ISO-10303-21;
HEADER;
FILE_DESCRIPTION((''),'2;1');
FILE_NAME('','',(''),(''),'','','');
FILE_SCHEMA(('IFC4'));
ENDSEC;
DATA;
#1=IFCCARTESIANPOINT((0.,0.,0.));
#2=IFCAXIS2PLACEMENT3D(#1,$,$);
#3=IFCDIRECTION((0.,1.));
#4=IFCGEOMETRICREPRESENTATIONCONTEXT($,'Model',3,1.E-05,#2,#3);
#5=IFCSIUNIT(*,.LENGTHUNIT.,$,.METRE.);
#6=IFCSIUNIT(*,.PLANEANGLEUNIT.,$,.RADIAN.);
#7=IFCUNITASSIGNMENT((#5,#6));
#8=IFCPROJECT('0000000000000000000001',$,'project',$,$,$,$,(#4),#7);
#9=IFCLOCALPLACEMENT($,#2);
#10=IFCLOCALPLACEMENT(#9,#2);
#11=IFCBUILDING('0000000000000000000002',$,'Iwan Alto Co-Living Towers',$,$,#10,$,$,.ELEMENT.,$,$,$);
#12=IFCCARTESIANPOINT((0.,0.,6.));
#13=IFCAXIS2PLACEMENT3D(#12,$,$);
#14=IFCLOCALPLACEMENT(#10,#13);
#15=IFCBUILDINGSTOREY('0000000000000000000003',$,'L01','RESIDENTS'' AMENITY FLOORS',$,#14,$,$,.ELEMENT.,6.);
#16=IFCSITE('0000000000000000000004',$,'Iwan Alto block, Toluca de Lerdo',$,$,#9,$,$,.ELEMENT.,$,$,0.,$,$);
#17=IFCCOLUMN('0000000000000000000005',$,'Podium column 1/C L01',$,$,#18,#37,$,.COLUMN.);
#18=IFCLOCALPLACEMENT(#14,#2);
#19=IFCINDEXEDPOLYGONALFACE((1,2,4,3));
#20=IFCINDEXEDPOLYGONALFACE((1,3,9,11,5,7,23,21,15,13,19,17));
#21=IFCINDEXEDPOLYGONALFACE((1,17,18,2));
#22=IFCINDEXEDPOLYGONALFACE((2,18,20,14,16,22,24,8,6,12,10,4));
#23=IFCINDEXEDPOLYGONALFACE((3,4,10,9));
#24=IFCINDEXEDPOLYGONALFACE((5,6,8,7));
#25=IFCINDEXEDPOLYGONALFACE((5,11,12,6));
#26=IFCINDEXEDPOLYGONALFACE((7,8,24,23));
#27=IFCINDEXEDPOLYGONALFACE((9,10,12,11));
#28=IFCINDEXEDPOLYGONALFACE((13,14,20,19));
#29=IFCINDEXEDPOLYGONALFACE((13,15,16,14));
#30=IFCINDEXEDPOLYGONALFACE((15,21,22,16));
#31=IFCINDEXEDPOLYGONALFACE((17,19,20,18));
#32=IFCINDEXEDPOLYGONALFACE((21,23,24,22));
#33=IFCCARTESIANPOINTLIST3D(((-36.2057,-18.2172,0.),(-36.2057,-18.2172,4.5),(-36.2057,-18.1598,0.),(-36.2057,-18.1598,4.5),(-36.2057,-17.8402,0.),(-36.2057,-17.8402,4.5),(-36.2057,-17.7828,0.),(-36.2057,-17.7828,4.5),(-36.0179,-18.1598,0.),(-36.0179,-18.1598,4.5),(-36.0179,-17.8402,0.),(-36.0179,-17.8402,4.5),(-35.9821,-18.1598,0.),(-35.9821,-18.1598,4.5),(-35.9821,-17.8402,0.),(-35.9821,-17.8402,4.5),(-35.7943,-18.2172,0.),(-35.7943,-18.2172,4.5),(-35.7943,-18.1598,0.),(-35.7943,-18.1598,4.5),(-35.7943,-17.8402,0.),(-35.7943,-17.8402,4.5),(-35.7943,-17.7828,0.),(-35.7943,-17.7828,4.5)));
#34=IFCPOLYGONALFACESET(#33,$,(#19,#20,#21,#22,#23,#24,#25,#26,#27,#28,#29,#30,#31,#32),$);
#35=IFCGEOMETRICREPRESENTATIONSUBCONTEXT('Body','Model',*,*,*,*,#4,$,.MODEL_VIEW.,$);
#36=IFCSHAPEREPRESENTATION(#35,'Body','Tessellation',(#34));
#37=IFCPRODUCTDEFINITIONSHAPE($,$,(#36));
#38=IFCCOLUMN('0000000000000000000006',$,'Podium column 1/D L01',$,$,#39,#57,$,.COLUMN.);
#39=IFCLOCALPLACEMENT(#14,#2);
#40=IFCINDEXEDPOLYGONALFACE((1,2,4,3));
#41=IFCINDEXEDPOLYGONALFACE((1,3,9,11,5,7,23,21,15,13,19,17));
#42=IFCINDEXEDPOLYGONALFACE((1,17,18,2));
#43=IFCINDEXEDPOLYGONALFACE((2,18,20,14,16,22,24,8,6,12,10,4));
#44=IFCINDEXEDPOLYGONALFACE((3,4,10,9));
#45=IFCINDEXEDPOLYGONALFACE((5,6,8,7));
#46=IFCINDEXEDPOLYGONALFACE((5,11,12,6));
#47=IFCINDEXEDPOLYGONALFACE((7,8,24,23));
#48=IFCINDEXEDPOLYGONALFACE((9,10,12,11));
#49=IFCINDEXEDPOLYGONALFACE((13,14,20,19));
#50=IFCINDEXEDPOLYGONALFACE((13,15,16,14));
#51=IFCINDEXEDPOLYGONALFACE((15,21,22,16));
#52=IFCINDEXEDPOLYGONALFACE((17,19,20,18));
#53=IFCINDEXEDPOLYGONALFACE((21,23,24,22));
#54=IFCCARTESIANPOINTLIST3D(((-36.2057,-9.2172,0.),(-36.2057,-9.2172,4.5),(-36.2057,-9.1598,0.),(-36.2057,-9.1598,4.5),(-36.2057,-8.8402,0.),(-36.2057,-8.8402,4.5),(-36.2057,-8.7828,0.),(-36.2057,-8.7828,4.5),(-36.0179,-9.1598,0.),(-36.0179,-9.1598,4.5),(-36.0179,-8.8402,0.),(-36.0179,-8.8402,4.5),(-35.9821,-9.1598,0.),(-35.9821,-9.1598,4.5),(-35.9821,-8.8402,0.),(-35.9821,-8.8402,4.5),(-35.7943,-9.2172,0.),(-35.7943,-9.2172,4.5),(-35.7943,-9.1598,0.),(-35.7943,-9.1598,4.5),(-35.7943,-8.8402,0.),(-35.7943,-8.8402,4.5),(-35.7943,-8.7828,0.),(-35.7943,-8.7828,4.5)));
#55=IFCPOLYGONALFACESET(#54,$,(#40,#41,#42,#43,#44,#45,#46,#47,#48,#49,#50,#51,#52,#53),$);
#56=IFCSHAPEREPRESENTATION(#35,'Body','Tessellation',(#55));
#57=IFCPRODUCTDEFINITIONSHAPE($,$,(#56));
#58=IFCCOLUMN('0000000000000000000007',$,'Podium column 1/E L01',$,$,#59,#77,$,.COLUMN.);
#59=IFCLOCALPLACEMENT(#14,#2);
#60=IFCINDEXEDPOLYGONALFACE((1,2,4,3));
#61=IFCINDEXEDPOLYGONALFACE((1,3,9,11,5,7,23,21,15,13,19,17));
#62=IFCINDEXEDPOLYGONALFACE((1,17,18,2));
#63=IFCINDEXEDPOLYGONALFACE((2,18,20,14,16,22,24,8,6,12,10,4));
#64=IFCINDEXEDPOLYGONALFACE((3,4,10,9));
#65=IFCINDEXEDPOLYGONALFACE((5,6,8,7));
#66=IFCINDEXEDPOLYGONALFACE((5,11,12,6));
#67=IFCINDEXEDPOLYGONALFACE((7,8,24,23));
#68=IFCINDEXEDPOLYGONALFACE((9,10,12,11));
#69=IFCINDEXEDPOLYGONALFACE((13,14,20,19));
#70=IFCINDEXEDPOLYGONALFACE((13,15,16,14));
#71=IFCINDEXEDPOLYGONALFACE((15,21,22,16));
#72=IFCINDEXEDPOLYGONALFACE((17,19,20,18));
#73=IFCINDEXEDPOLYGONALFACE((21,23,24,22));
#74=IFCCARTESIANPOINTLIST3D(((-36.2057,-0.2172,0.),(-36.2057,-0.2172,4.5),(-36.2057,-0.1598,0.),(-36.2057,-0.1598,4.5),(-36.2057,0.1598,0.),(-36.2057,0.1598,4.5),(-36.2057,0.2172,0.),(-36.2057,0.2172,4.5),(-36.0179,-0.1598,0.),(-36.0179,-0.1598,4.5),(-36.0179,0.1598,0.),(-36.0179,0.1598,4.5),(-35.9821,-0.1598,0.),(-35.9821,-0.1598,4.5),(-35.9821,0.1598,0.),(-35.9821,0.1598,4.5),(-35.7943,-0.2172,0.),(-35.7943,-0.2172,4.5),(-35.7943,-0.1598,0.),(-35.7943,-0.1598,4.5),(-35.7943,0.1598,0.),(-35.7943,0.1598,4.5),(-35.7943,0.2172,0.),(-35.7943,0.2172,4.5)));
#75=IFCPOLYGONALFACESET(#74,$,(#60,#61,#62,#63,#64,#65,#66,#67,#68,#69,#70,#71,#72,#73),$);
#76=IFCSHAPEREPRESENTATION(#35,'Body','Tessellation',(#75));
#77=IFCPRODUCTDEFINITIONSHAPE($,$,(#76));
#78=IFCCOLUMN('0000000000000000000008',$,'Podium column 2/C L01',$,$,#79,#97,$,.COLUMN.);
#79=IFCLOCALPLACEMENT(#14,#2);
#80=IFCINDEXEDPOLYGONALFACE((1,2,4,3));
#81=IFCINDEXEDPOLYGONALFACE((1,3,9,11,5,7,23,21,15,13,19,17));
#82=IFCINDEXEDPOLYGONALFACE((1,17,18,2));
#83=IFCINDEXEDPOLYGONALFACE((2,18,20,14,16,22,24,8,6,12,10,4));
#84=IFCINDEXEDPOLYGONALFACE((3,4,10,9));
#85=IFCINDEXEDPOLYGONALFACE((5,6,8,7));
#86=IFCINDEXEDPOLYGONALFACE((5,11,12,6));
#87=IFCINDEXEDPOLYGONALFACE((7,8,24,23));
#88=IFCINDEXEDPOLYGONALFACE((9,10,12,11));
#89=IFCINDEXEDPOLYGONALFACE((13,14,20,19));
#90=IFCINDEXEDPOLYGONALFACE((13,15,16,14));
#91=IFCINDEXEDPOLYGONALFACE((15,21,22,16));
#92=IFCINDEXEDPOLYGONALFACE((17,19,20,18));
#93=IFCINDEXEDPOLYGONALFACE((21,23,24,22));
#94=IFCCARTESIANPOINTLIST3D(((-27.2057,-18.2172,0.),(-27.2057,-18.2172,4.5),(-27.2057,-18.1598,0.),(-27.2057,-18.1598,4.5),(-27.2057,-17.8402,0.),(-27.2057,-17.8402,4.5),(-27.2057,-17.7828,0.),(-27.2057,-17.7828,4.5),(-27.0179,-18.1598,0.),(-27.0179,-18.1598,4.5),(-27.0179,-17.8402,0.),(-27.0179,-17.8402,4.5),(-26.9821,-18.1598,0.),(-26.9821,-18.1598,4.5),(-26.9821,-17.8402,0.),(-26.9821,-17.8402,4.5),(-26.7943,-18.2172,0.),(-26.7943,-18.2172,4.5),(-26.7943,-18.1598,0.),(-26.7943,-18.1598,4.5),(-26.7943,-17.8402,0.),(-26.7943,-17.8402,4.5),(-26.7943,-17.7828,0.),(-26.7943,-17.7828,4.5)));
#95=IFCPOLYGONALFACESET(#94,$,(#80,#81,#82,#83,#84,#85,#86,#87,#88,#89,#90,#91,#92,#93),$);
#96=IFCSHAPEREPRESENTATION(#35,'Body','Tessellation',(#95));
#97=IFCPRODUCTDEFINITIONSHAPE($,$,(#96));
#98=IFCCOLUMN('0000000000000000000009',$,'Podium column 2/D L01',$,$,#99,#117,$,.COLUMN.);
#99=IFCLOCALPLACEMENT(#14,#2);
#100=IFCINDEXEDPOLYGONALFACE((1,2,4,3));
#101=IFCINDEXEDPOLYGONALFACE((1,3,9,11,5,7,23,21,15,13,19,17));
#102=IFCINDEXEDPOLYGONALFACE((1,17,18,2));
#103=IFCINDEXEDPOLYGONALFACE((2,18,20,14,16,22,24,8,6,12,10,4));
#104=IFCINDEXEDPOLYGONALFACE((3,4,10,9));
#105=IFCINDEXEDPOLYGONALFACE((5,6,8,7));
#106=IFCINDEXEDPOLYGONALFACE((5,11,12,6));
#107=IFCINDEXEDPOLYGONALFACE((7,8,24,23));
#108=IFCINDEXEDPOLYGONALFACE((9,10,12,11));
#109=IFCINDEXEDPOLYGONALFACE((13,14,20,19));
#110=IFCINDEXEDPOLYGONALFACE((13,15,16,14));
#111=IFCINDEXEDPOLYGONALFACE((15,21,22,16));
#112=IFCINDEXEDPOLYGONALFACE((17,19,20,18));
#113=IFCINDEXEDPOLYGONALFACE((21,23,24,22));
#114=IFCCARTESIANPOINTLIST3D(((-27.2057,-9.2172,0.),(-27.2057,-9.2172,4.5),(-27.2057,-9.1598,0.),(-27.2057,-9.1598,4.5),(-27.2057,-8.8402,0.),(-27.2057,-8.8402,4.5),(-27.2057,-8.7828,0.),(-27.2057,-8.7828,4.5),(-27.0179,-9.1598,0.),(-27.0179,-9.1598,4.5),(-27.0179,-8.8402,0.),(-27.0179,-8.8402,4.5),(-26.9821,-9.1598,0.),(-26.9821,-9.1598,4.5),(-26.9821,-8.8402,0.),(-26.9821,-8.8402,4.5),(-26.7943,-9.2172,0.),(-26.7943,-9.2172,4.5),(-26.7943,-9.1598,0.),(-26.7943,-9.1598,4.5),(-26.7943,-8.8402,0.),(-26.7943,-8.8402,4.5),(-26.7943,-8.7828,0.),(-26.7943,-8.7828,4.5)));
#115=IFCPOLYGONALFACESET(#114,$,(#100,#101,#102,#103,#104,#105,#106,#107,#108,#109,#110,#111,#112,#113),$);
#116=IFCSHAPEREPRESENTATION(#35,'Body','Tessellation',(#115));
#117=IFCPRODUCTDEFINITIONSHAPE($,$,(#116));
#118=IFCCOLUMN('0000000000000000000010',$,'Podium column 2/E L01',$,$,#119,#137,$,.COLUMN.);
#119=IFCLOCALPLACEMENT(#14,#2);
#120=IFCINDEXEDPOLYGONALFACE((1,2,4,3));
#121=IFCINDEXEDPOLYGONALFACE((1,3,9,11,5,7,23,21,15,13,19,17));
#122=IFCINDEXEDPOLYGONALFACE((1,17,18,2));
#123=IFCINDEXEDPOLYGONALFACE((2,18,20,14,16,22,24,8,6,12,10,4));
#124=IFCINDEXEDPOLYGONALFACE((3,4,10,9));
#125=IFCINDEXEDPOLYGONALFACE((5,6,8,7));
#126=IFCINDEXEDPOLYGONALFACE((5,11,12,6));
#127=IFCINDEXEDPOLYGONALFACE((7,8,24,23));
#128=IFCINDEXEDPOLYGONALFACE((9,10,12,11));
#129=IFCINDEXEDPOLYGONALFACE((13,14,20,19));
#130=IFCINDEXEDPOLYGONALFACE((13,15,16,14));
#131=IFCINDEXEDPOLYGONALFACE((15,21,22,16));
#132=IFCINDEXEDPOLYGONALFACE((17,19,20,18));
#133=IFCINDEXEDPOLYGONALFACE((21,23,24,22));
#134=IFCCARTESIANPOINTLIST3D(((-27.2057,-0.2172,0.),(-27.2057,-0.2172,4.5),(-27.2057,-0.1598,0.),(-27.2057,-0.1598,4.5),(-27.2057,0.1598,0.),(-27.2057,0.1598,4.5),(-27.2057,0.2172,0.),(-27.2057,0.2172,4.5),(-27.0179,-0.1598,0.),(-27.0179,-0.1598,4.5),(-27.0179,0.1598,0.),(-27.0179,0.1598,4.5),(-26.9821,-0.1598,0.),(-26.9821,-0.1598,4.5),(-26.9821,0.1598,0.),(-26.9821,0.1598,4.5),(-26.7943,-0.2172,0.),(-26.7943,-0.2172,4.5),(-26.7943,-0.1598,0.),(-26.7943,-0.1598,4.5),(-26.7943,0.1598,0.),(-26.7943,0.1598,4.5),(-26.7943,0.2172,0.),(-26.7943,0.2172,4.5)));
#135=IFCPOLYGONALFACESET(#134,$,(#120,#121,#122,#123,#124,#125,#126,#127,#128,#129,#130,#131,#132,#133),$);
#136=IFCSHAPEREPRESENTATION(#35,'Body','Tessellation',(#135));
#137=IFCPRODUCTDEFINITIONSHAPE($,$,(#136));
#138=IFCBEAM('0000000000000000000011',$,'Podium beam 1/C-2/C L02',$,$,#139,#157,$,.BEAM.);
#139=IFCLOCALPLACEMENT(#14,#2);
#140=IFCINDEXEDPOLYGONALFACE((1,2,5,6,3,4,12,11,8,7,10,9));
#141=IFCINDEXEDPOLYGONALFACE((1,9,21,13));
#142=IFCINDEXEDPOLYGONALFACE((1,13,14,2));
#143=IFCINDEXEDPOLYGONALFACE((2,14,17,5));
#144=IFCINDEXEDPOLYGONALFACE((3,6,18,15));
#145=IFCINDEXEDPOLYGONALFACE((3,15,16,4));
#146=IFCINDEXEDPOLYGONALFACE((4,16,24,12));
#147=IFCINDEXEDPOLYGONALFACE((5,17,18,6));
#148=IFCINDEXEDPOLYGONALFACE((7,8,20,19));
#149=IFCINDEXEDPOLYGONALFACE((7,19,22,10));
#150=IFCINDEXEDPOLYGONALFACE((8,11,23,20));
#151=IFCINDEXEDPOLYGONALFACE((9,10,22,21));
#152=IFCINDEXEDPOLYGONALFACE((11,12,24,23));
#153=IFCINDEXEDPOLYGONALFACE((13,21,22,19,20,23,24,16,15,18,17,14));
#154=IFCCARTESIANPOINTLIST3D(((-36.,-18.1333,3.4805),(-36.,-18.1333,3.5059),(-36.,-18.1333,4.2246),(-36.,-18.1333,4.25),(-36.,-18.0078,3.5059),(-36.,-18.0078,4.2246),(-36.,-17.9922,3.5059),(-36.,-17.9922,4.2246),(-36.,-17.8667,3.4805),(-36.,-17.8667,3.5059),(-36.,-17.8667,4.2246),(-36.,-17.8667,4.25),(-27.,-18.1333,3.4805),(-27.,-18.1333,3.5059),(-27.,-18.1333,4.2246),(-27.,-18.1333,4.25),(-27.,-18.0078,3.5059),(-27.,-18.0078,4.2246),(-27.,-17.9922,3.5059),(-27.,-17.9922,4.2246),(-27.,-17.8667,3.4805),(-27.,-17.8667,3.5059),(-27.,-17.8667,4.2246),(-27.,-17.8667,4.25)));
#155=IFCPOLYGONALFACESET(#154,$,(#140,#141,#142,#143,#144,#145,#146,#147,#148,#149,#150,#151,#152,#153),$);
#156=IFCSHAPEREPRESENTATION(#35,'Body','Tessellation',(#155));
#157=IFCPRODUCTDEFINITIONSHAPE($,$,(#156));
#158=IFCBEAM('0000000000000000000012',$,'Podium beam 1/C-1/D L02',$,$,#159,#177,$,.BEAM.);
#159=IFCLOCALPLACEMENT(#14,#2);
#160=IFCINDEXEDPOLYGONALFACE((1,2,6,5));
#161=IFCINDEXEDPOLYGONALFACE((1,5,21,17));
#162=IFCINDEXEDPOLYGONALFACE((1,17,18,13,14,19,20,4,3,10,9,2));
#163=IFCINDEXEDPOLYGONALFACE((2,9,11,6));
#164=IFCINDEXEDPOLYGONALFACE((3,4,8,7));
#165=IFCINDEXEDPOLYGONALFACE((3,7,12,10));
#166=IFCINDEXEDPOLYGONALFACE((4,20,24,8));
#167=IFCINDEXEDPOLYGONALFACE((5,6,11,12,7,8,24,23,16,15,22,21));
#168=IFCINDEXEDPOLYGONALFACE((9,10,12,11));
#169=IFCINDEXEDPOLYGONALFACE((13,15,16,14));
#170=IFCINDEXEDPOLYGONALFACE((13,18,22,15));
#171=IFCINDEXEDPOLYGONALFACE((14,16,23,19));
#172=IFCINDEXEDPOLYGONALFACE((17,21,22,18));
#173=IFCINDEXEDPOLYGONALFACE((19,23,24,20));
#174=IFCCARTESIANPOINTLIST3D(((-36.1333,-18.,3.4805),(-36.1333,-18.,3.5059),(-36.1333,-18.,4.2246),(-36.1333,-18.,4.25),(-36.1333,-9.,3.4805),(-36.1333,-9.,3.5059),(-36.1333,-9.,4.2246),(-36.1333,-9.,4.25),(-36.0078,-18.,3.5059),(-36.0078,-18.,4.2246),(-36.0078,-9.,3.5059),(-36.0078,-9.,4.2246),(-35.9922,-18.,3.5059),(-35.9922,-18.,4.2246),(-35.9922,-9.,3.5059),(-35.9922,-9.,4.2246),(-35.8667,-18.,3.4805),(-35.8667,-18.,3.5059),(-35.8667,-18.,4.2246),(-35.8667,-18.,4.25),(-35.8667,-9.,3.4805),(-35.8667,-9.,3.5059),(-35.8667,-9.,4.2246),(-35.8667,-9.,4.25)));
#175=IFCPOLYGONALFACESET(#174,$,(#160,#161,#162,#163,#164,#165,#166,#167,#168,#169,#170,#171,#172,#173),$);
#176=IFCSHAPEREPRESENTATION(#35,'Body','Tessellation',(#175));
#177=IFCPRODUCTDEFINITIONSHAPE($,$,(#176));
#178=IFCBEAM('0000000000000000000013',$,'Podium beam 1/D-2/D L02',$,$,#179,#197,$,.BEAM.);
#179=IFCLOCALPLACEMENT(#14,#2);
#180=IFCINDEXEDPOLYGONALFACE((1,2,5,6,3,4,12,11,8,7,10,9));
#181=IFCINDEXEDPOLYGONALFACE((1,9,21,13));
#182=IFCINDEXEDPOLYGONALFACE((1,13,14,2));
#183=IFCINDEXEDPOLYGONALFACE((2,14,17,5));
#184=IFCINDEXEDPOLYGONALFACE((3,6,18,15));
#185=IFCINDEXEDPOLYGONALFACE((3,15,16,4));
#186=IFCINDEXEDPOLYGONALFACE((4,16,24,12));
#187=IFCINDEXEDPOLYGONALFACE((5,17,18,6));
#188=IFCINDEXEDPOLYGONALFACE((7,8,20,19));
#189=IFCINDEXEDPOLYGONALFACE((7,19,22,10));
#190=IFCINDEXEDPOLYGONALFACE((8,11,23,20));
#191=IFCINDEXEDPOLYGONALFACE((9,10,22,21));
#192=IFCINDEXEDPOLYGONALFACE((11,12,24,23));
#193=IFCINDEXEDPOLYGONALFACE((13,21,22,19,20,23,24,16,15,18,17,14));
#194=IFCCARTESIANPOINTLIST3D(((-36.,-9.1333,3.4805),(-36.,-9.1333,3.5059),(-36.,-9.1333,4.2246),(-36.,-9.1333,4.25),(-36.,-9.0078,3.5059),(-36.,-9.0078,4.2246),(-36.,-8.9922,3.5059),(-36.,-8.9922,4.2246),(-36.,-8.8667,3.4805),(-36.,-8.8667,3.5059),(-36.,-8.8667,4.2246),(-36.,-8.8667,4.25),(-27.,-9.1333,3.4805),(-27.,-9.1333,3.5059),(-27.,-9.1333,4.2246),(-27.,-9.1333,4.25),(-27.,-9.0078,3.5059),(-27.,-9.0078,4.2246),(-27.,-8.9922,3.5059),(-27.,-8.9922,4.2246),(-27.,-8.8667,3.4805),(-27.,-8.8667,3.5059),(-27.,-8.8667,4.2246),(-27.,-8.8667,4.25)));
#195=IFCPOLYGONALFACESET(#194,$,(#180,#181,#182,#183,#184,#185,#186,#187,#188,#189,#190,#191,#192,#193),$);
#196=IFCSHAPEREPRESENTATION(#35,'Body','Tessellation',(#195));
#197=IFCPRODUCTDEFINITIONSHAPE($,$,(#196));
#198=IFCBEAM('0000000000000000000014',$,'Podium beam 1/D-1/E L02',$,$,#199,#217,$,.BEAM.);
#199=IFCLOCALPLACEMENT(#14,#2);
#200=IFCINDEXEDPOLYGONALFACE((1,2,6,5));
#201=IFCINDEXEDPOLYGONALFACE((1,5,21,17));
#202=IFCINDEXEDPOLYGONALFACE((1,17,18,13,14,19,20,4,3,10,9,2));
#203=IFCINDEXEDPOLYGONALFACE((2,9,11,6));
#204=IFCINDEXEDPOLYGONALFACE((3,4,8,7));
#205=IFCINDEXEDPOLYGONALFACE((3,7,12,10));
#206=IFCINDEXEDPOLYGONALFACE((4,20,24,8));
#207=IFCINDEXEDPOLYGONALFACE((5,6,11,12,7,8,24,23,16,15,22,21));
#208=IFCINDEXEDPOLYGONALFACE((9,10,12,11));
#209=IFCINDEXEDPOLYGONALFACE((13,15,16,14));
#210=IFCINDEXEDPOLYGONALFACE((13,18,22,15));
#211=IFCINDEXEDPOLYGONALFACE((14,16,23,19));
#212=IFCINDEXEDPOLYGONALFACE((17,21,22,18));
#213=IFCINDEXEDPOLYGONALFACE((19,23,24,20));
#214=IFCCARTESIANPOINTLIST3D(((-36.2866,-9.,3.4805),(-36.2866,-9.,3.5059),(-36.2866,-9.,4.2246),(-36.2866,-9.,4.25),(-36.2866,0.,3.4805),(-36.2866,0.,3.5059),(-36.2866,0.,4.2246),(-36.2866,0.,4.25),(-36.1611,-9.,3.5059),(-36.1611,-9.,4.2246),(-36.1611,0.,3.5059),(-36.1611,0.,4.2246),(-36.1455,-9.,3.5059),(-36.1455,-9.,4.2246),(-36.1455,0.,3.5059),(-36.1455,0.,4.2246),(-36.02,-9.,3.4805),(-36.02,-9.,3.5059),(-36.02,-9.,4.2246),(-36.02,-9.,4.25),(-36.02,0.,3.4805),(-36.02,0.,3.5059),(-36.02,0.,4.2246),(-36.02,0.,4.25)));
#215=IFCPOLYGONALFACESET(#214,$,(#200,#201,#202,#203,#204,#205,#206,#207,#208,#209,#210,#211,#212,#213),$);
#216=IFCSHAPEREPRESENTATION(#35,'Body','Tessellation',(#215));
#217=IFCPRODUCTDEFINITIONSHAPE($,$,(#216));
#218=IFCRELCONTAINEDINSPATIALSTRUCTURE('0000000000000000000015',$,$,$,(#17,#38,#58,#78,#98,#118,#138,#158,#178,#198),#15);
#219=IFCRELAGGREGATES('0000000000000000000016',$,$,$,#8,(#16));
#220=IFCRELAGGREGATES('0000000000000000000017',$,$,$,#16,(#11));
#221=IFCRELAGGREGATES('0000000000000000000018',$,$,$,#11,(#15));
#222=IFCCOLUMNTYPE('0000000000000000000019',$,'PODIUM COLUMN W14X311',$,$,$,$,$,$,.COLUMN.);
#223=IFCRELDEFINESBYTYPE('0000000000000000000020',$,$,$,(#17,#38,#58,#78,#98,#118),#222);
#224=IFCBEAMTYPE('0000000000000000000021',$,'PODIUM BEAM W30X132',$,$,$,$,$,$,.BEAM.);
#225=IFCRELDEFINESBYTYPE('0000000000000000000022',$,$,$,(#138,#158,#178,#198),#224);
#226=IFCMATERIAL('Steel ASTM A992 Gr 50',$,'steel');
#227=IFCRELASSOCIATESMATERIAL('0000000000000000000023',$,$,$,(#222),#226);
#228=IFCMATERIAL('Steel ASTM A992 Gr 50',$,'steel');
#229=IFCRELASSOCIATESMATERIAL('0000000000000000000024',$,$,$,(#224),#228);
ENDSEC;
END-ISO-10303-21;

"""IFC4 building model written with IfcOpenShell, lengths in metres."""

from ifc_helpers import new_model, si_unit, direction, frame, origin, origin_2d, place, context, subcontext, project, spatial, i_section, extrude, material, material_profile, profile_set, type_object, element, save


model = new_model("IFC4")

# Units and contexts
model_context = context("Model", 3, precision=1e-05, world=origin(), true_north=direction((0.0, 1.0)))
body_context = subcontext(model_context, "Body", "Model", "MODEL_VIEW")
ifc_project = project(units=[si_unit("LENGTHUNIT", "METRE"), si_unit("PLANEANGLEUNIT", "RADIAN")], contexts=[model_context])

# Site, building, storey
site_placement = place(None, origin())
site = spatial("IfcSite", under=ifc_project, at=site_placement, Name="Iwan Alto block, Toluca de Lerdo", CompositionType="ELEMENT", RefElevation=0.0)
building_placement = place(site_placement, origin())
building = spatial("IfcBuilding", under=site, at=building_placement, Name="Iwan Alto Co-Living Towers", CompositionType="ELEMENT")
storey_placement = place(building_placement, frame((0.0, 0.0, 6.0)))
storey = spatial("IfcBuildingStorey", under=building, at=storey_placement, Name="L01", Description="RESIDENTS' AMENITY FLOORS", CompositionType="ELEMENT", Elevation=6.0)

# Columns
ifc_material_1 = material(Name="Steel ASTM A992 Gr 50", Category="steel")
ifc_material_profile_1 = material_profile(ifc_material_1, i_section(OverallWidth=0.4114, OverallDepth=0.4343, WebThickness=0.0359, FlangeThickness=0.0574, at=origin_2d()), Name="W14X311")
ifc_profile_set_1 = profile_set([ifc_material_profile_1], Name="Steel ASTM A992 Gr 50")
column_type = type_object("IfcColumnType", Name="PODIUM COLUMN W14X311", PredefinedType="COLUMN", material=ifc_profile_set_1)
for number, where, z_axis, x_axis, name in (
    (1, (-36.0, -18.0, 0.0), (0.0, 0.0, 1.0), (1.0, 0.0, 0.0), "Podium column 1/C L01"),
    (2, (-36.0, -9.0, 0.0), (0.0, 0.0, 1.0), (1.0, 0.0, 0.0), "Podium column 1/D L01"),
    (3, (-36.0, 0.0, 0.0), (0.0, 0.0, 1.0), (1.0, 0.0, 0.0), "Podium column 1/E L01"),
    (4, (-27.0, -18.0, 0.0), (0.0, 0.0, 1.0), (1.0, 0.0, 0.0), "Podium column 2/C L01"),
    (5, (-27.0, -9.0, 0.0), (0.0, 0.0, 1.0), (1.0, 0.0, 0.0), "Podium column 2/D L01"),
    (6, (-27.0, 0.0, 0.0), (0.0, 0.0, 1.0), (1.0, 0.0, 0.0), "Podium column 2/E L01"),
):
    element("IfcColumn", number, at=place(storey_placement, frame(where, z_axis=z_axis, x_axis=x_axis)), inside=storey, type_object=column_type, Name=name, PredefinedType="COLUMN", context=body_context, shape_type="SweptSolid", body=[
        extrude(i_section(OverallWidth=0.4114, OverallDepth=0.4343, WebThickness=0.0359, FlangeThickness=0.0574, at=origin_2d()), origin(), (0.0, 0.0, 1.0), 4.5),
    ])

# Beams
ifc_material_2 = material(Name="Steel ASTM A992 Gr 50", Category="steel")
ifc_material_profile_2 = material_profile(ifc_material_2, i_section(OverallWidth=0.2666, OverallDepth=0.7695, WebThickness=0.0156, FlangeThickness=0.0254, at=origin_2d()), Name="W30X132")
ifc_profile_set_2 = profile_set([ifc_material_profile_2], Name="Steel ASTM A992 Gr 50")
beam_type_1 = type_object("IfcBeamType", Name="PODIUM BEAM W30X132", PredefinedType="BEAM", material=ifc_profile_set_2)
for number, where, z_axis, x_axis, name in (
    (7, (-36.0, -18.0, 3.8652), (1.0, 0.0, 0.0), (0.0, 1.0, 0.0), "Podium beam 1/C-2/C L02"),
    (8, (-36.0, -18.0, 3.8652), (0.0, 1.0, 0.0), (-1.0, 0.0, 0.0), "Podium beam 1/C-1/D L02"),
    (9, (-36.0, -9.0, 3.8652), (1.0, 0.0, 0.0), (0.0, 1.0, 0.0), "Podium beam 1/D-2/D L02"),
    (10, (-36.1533, -9.0, 3.8652), (0.0, 1.0, 0.0), (-1.0, 0.0, 0.0), "Podium beam 1/D-1/E L02"),
):
    element("IfcBeam", number, at=place(storey_placement, frame(where, z_axis=z_axis, x_axis=x_axis)), inside=storey, type_object=beam_type_1, Name=name, PredefinedType="BEAM", context=body_context, shape_type="SweptSolid", body=[
        extrude(i_section(OverallWidth=0.2666, OverallDepth=0.7695, WebThickness=0.0156, FlangeThickness=0.0254, at=origin_2d()), origin(), (0.0, 0.0, 1.0), 9.0),
    ])

save(model, "model.ifc")
